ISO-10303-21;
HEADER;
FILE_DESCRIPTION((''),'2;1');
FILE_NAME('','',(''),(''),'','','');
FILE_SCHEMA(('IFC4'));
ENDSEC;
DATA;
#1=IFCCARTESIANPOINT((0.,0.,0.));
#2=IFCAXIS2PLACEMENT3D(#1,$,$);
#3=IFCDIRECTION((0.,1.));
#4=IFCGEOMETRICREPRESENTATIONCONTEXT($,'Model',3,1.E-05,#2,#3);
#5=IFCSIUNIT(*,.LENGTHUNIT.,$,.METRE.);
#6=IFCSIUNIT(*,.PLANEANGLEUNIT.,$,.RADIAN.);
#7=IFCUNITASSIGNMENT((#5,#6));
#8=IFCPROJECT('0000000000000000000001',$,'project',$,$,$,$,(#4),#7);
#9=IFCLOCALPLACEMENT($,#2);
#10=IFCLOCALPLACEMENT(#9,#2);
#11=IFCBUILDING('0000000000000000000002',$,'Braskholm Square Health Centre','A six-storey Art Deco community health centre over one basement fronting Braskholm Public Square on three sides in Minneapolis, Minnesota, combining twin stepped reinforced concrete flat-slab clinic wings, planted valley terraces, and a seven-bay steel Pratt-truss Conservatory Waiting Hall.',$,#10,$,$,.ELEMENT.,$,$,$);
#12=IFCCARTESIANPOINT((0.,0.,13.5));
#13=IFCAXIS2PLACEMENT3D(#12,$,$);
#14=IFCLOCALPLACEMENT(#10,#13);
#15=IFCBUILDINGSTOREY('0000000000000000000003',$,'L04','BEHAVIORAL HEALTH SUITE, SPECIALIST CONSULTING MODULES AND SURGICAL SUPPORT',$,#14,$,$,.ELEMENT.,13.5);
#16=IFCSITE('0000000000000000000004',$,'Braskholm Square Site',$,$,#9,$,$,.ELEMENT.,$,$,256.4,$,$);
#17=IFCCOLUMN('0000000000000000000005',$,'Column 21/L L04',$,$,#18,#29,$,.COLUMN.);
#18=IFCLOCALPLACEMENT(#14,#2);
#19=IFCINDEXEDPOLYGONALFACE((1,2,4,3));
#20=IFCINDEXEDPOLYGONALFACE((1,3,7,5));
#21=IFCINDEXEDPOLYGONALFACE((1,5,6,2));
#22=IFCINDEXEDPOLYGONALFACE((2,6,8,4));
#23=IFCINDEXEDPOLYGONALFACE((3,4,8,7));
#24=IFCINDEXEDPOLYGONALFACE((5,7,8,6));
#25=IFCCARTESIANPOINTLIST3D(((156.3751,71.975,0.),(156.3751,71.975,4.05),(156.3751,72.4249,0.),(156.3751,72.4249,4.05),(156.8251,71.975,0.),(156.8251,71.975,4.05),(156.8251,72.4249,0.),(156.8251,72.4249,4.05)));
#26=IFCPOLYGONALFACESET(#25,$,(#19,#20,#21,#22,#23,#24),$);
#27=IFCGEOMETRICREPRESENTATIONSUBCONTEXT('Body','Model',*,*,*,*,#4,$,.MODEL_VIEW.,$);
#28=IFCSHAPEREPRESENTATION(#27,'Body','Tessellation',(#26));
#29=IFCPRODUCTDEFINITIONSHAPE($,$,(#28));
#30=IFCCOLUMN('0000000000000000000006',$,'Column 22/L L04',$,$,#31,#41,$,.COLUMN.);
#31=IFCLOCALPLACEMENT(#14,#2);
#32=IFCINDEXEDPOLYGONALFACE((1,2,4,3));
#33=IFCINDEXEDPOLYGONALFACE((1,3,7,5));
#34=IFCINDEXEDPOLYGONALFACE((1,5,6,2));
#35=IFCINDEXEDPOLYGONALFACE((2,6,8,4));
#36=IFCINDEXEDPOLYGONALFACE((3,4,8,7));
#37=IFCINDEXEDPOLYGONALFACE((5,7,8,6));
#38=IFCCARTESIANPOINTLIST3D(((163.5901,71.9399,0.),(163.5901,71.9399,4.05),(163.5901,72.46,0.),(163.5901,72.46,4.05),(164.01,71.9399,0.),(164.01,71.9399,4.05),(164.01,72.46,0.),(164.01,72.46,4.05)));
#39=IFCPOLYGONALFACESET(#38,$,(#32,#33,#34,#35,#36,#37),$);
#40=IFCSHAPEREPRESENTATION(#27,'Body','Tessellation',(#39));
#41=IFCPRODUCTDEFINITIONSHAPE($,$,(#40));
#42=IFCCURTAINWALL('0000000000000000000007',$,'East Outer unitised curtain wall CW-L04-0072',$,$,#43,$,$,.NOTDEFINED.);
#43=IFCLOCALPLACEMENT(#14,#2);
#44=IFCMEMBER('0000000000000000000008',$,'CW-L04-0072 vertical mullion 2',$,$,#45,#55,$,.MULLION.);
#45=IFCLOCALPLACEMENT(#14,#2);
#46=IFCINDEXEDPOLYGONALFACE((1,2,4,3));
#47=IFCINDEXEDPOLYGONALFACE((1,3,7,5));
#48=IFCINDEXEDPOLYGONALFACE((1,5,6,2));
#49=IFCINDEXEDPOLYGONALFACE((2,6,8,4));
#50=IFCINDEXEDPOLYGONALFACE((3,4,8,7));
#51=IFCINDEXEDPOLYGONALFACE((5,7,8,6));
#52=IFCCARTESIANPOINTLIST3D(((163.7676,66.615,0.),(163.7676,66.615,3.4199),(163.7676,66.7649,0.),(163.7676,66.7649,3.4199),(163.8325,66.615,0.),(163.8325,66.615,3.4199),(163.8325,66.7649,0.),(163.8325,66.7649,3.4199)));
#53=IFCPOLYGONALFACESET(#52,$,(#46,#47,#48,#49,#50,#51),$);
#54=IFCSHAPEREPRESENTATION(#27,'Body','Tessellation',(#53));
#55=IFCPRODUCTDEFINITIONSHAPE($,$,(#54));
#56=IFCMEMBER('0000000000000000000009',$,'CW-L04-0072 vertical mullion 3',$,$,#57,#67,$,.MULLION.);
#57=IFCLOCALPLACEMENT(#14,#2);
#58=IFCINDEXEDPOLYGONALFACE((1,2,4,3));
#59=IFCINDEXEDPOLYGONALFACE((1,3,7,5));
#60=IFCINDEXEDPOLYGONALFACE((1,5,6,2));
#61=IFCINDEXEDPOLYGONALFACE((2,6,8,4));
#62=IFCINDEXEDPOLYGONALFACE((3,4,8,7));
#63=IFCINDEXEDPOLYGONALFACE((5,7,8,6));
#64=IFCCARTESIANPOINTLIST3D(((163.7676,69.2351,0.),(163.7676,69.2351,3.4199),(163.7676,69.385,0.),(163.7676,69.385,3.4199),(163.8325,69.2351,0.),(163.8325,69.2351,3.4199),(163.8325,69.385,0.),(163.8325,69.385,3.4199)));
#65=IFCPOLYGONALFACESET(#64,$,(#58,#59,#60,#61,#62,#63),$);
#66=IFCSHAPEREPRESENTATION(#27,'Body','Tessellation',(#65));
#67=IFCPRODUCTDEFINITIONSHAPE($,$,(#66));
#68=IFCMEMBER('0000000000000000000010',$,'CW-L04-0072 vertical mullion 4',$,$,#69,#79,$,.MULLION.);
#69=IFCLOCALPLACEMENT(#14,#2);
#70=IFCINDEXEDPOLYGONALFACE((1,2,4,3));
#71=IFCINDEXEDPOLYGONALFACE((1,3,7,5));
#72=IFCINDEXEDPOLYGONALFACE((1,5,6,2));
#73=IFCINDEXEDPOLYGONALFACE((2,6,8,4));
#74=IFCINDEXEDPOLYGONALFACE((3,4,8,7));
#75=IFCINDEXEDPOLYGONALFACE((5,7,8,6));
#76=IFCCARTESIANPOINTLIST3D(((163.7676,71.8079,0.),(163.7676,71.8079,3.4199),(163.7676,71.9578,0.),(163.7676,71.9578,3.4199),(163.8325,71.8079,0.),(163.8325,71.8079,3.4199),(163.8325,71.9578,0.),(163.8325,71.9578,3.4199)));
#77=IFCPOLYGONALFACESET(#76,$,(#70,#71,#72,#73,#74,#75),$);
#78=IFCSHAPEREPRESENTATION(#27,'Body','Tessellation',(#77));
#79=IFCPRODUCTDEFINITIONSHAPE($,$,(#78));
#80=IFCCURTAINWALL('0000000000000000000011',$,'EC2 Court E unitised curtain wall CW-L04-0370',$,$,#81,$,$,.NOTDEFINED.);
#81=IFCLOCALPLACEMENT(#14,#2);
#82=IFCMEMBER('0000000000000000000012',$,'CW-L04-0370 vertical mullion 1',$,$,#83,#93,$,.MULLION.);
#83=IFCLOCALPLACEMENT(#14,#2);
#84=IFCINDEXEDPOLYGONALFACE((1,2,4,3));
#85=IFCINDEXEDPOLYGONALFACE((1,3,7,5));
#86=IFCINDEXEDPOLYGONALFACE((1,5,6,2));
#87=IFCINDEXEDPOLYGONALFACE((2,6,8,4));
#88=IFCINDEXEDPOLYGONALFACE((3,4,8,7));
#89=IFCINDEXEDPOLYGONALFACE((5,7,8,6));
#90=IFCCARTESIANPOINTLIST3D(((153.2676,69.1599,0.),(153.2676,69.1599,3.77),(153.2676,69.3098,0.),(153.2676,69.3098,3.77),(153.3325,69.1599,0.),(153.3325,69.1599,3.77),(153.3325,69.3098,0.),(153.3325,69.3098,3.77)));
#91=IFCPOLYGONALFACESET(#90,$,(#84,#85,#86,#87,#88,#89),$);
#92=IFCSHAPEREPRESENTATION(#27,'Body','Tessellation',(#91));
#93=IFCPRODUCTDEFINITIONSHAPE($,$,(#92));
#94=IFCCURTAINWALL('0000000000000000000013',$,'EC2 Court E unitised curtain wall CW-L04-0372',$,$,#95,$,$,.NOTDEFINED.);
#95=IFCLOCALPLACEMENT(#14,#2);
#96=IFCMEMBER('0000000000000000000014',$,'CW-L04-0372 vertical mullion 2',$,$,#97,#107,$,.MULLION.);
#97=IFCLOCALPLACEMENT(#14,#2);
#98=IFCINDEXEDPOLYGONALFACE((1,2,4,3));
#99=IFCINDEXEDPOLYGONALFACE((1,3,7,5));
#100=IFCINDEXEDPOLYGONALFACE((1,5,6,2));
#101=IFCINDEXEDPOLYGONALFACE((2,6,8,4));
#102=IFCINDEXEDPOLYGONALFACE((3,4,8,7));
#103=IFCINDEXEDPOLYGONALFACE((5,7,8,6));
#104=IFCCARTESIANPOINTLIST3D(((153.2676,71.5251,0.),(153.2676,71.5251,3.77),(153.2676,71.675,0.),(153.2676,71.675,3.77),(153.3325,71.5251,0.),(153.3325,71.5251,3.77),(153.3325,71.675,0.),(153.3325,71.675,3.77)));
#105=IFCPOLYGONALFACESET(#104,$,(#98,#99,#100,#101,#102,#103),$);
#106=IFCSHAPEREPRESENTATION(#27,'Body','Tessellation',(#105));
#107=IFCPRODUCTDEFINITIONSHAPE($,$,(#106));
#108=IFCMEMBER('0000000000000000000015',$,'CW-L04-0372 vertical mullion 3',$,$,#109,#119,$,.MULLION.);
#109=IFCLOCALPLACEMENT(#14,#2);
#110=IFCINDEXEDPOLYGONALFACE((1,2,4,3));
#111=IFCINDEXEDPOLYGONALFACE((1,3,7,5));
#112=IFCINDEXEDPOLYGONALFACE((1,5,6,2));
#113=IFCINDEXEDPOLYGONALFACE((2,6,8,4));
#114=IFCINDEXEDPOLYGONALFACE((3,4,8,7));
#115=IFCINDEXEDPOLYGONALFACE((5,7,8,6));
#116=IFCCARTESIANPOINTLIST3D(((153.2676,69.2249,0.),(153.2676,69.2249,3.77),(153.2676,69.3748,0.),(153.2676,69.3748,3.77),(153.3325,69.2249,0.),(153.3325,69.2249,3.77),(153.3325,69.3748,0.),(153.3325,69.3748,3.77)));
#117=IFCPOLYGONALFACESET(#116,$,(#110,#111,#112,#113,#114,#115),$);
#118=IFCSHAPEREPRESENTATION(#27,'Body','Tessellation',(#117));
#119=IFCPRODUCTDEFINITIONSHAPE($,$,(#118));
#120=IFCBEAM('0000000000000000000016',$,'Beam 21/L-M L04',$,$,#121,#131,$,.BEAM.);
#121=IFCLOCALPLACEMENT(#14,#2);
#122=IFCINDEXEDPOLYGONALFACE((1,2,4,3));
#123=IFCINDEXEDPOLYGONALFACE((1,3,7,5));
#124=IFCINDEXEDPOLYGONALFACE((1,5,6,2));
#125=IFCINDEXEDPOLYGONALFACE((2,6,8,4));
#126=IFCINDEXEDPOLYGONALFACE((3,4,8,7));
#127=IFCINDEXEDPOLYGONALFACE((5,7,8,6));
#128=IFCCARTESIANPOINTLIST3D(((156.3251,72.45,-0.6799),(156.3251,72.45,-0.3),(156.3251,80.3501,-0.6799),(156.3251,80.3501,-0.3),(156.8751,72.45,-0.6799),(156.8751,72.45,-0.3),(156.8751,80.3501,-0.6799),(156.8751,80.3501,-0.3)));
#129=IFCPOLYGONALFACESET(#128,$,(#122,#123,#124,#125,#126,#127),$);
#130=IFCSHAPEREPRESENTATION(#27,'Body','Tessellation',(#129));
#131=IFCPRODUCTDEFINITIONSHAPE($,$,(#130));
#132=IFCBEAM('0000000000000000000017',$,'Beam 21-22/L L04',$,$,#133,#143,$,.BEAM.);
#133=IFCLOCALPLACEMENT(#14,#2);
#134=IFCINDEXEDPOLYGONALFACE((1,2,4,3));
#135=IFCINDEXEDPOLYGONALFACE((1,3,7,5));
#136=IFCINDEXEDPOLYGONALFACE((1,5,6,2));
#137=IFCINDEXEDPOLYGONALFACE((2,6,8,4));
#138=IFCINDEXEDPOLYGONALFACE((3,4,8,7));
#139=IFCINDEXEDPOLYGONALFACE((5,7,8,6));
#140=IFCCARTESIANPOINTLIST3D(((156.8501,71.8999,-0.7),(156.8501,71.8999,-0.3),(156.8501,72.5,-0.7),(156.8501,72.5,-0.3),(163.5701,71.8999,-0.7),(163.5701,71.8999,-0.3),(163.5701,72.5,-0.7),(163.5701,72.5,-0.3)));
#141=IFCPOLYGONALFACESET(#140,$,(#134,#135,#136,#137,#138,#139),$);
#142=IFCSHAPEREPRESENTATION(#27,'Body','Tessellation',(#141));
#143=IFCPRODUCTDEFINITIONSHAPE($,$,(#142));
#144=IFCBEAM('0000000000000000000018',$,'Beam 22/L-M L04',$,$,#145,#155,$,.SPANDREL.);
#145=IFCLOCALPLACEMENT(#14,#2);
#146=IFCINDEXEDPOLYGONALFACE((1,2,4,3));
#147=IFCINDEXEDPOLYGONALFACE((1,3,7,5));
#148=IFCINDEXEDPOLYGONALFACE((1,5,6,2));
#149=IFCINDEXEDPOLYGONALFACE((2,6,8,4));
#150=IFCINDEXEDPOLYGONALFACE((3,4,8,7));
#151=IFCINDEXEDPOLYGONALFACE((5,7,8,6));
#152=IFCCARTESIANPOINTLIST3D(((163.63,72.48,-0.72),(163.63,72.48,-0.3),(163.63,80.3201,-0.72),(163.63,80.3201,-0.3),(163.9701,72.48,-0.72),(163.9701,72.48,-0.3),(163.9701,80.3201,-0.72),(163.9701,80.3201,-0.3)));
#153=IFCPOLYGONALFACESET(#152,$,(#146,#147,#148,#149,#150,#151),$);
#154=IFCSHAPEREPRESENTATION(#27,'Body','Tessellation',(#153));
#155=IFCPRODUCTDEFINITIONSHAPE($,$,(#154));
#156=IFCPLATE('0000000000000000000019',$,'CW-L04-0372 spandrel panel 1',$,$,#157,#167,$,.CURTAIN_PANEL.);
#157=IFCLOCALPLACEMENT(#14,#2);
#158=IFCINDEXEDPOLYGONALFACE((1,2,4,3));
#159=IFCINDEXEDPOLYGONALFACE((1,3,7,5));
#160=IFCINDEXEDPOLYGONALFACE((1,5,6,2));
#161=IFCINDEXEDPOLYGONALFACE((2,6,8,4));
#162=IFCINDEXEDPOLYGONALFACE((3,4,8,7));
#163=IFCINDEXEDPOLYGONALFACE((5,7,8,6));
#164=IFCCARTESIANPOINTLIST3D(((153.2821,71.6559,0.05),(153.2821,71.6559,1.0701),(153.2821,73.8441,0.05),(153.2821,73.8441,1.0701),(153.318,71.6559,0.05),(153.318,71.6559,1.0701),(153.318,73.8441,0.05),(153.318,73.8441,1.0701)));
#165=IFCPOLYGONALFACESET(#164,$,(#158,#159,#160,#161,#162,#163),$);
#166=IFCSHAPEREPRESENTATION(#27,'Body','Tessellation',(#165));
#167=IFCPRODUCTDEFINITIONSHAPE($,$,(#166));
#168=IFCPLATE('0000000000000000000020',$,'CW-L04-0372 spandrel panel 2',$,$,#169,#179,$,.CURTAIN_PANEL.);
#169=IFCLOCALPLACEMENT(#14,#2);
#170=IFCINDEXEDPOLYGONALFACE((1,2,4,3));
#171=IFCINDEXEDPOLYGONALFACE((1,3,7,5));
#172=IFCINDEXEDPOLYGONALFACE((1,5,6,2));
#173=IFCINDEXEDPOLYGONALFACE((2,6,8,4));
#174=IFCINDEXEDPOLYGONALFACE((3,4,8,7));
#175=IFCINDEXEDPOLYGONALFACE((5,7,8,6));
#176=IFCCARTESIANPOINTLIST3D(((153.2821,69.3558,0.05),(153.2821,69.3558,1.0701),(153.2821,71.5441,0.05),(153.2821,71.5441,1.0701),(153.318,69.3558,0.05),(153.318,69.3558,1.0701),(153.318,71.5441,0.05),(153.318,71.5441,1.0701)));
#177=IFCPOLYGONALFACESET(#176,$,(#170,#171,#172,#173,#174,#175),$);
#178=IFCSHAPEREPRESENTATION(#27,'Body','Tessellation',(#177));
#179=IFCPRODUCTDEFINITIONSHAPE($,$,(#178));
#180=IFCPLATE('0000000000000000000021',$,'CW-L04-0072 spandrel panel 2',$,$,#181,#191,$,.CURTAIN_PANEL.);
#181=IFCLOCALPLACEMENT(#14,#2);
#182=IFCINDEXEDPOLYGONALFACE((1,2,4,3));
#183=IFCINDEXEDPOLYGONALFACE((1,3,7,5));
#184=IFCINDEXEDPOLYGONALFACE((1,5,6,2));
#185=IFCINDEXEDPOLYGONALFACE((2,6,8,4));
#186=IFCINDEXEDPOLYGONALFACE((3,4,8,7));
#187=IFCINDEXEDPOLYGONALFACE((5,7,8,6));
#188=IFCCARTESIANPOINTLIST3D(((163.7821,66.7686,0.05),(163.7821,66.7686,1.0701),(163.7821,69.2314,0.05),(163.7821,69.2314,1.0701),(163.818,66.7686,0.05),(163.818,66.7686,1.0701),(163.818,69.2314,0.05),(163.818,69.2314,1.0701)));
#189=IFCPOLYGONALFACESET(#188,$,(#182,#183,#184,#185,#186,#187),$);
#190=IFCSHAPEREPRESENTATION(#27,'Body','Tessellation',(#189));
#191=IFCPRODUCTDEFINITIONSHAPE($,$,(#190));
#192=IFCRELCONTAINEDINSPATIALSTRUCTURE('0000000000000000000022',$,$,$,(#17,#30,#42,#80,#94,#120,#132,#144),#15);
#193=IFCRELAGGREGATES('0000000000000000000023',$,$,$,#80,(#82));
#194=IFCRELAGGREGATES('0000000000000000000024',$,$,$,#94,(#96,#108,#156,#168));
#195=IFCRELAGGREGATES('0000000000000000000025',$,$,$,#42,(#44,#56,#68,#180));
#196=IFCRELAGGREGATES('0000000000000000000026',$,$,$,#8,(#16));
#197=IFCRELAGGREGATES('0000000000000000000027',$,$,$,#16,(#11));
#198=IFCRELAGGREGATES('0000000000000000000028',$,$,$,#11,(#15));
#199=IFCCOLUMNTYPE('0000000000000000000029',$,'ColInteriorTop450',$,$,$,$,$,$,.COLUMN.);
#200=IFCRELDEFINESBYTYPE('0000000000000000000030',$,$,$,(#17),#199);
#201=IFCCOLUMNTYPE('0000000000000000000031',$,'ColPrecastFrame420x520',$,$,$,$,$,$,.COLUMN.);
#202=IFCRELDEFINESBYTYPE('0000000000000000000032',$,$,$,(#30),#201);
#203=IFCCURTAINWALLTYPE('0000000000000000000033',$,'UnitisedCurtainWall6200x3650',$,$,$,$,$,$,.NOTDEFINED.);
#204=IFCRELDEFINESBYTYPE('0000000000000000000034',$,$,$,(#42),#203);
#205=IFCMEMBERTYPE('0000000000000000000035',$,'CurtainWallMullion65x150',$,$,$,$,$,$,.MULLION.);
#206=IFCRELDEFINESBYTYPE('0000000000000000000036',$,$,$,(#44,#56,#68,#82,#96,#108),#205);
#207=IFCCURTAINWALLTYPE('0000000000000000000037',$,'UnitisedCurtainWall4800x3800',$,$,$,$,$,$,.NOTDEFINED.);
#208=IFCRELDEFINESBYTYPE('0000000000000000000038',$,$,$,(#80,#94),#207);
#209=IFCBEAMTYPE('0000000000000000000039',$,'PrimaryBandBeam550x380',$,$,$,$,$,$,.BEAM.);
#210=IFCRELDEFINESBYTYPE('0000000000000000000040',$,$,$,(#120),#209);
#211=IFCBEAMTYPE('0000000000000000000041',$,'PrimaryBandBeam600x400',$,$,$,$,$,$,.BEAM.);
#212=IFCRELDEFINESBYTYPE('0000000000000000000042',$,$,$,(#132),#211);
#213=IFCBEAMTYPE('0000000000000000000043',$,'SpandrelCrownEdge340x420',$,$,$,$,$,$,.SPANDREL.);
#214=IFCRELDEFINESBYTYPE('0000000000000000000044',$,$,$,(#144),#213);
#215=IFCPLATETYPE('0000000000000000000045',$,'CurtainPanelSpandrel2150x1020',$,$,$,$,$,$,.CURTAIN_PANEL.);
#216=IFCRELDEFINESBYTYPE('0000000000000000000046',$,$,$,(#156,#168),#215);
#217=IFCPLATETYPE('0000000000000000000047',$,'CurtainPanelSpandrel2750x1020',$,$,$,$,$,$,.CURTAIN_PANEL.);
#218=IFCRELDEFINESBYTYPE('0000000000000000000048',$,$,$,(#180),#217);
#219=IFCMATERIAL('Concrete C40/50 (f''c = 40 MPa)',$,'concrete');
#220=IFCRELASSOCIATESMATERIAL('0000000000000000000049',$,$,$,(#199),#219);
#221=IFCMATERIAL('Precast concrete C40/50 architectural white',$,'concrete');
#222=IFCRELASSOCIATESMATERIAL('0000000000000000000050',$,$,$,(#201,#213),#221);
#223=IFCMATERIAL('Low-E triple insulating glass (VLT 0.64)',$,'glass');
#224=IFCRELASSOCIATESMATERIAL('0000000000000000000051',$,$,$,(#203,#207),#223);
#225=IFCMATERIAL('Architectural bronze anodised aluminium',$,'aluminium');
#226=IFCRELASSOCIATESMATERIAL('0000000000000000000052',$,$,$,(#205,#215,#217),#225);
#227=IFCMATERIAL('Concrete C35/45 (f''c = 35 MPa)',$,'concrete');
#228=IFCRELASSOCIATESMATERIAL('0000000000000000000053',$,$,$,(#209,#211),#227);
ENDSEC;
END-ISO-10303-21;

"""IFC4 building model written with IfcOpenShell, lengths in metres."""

from ifc_helpers import new_model, si_unit, direction, frame, origin, origin_2d, place, context, subcontext, project, spatial, rectangle, extrude, material, material_profile, profile_set, type_object, element, aggregate, save


model = new_model("IFC4")

# Units and contexts
model_context = context("Model", 3, precision=1e-05, world=origin(), true_north=direction((0.0, 1.0)))
body_context = subcontext(model_context, "Body", "Model", "MODEL_VIEW")
ifc_project = project(units=[si_unit("LENGTHUNIT", "METRE"), si_unit("PLANEANGLEUNIT", "RADIAN")], contexts=[model_context])

# Site, building, storey
site_placement = place(None, origin())
site = spatial("IfcSite", under=ifc_project, at=site_placement, Name="Braskholm Square Site", CompositionType="ELEMENT", RefElevation=256.4)
building_placement = place(site_placement, origin())
building = spatial("IfcBuilding", under=site, at=building_placement, Name="Braskholm Square Health Centre", Description="A six-storey Art Deco community health centre over one basement fronting Braskholm Public Square on three sides in Minneapolis, Minnesota, combining twin stepped reinforced concrete flat-slab clinic wings, planted valley terraces, and a seven-bay steel Pratt-truss Conservatory Waiting Hall.", CompositionType="ELEMENT")
storey_placement = place(building_placement, frame((0.0, 0.0, 13.5)))
storey = spatial("IfcBuildingStorey", under=building, at=storey_placement, Name="L04", Description="BEHAVIORAL HEALTH SUITE, SPECIALIST CONSULTING MODULES AND SURGICAL SUPPORT", CompositionType="ELEMENT", Elevation=13.5)

# Columns
ifc_material_1 = material(Name="Concrete C40/50 (f'c = 40 MPa)", Category="concrete")
ifc_material_profile_1 = material_profile(ifc_material_1, rectangle(XDim=0.45, YDim=0.45, at=origin_2d()), Name="RC-450X450")
ifc_profile_set_1 = profile_set([ifc_material_profile_1], Name="Concrete C40/50 (f'c = 40 MPa)")
column_type_1 = type_object("IfcColumnType", Name="ColInteriorTop450", PredefinedType="COLUMN", material=ifc_profile_set_1)
column_1_placement = place(storey_placement, frame((156.6001, 72.2, 0.0), z_axis=(0.0, 0.0, 1.0), x_axis=(1.0, 0.0, 0.0)))
element("IfcColumn", 1, at=column_1_placement, inside=storey, type_object=column_type_1, Name="Column 21/L L04", PredefinedType="COLUMN", context=body_context, shape_type="SweptSolid", body=[
    extrude(rectangle(XDim=0.45, YDim=0.45, at=origin_2d()), origin(), (0.0, 0.0, 1.0), 4.05),
])
ifc_material_2 = material(Name="Precast concrete C40/50 architectural white", Category="concrete")
ifc_material_profile_2 = material_profile(ifc_material_2, rectangle(XDim=0.4199, YDim=0.52, at=origin_2d()), Name="RC-420X520")
ifc_profile_set_2 = profile_set([ifc_material_profile_2], Name="Precast concrete C40/50 architectural white")
column_type_2 = type_object("IfcColumnType", Name="ColPrecastFrame420x520", PredefinedType="COLUMN", material=ifc_profile_set_2)
column_2_placement = place(storey_placement, frame((163.8, 72.2, 0.0), z_axis=(0.0, 0.0, 1.0), x_axis=(1.0, 0.0, 0.0)))
element("IfcColumn", 2, at=column_2_placement, inside=storey, type_object=column_type_2, Name="Column 22/L L04", PredefinedType="COLUMN", context=body_context, shape_type="SweptSolid", body=[
    extrude(rectangle(XDim=0.4199, YDim=0.52, at=origin_2d()), origin(), (0.0, 0.0, 1.0), 4.05),
])

# Curtain wall, members
ifc_material_3 = material(Name="Low-E triple insulating glass (VLT 0.64)", Category="glass")
curtain_wall_type_1 = type_object("IfcCurtainWallType", Name="UnitisedCurtainWall6200x3650", PredefinedType="NOTDEFINED", material=ifc_material_3)
curtain_wall_1_placement = place(storey_placement, origin())
curtain_wall_1 = element("IfcCurtainWall", 3, at=curtain_wall_1_placement, inside=storey, type_object=curtain_wall_type_1, Name="East Outer unitised curtain wall CW-L04-0072", PredefinedType="NOTDEFINED")
ifc_material_4 = material(Name="Architectural bronze anodised aluminium", Category="aluminium")
ifc_material_profile_3 = material_profile(ifc_material_4, rectangle(XDim=0.0649, YDim=0.1499, at=origin_2d()), Name="ALU-65X150")
ifc_profile_set_3 = profile_set([ifc_material_profile_3], Name="Architectural bronze anodised aluminium")
member_type = type_object("IfcMemberType", Name="CurtainWallMullion65x150", PredefinedType="MULLION", material=ifc_profile_set_3)
member_1_placement = place(storey_placement, frame((163.8, 66.6899, 0.0), z_axis=(0.0, 0.0, 1.0), x_axis=(1.0, 0.0, 0.0)))
member_1 = element("IfcMember", 4, at=member_1_placement, type_object=member_type, Name="CW-L04-0072 vertical mullion 2", PredefinedType="MULLION", context=body_context, shape_type="SweptSolid", body=[
    extrude(rectangle(XDim=0.0649, YDim=0.1499, at=origin_2d()), origin(), (0.0, 0.0, 1.0), 3.4199),
])
member_2_placement = place(storey_placement, frame((163.8, 69.3101, 0.0), z_axis=(0.0, 0.0, 1.0), x_axis=(1.0, 0.0, 0.0)))
member_2 = element("IfcMember", 5, at=member_2_placement, type_object=member_type, Name="CW-L04-0072 vertical mullion 3", PredefinedType="MULLION", context=body_context, shape_type="SweptSolid", body=[
    extrude(rectangle(XDim=0.0649, YDim=0.1499, at=origin_2d()), origin(), (0.0, 0.0, 1.0), 3.4199),
])
member_3_placement = place(storey_placement, frame((163.8, 71.8828, 0.0), z_axis=(0.0, 0.0, 1.0), x_axis=(1.0, 0.0, 0.0)))
member_3 = element("IfcMember", 6, at=member_3_placement, type_object=member_type, Name="CW-L04-0072 vertical mullion 4", PredefinedType="MULLION", context=body_context, shape_type="SweptSolid", body=[
    extrude(rectangle(XDim=0.0649, YDim=0.1499, at=origin_2d()), origin(), (0.0, 0.0, 1.0), 3.4199),
])

# Curtain wall, member
curtain_wall_type_2 = type_object("IfcCurtainWallType", Name="UnitisedCurtainWall4800x3800", PredefinedType="NOTDEFINED", material=ifc_material_3)
curtain_wall_2_placement = place(storey_placement, origin())
curtain_wall_2 = element("IfcCurtainWall", 7, at=curtain_wall_2_placement, inside=storey, type_object=curtain_wall_type_2, Name="EC2 Court E unitised curtain wall CW-L04-0370", PredefinedType="NOTDEFINED")
member_4_placement = place(storey_placement, frame((153.3, 69.2349, 0.0), z_axis=(0.0, 0.0, 1.0), x_axis=(1.0, 0.0, 0.0)))
member_4 = element("IfcMember", 8, at=member_4_placement, type_object=member_type, Name="CW-L04-0370 vertical mullion 1", PredefinedType="MULLION", context=body_context, shape_type="SweptSolid", body=[
    extrude(rectangle(XDim=0.0649, YDim=0.1499, at=origin_2d()), origin(), (0.0, 0.0, 1.0), 3.77),
])
aggregate(curtain_wall_2, [member_4])

# Curtain wall, members
curtain_wall_3_placement = place(storey_placement, origin())
curtain_wall_3 = element("IfcCurtainWall", 9, at=curtain_wall_3_placement, inside=storey, type_object=curtain_wall_type_2, Name="EC2 Court E unitised curtain wall CW-L04-0372", PredefinedType="NOTDEFINED")
member_5_placement = place(storey_placement, frame((153.3, 71.6001, 0.0), z_axis=(0.0, 0.0, 1.0), x_axis=(1.0, 0.0, 0.0)))
member_5 = element("IfcMember", 10, at=member_5_placement, type_object=member_type, Name="CW-L04-0372 vertical mullion 2", PredefinedType="MULLION", context=body_context, shape_type="SweptSolid", body=[
    extrude(rectangle(XDim=0.0649, YDim=0.1499, at=origin_2d()), origin(), (0.0, 0.0, 1.0), 3.77),
])
member_6_placement = place(storey_placement, frame((153.3, 69.2998, 0.0), z_axis=(0.0, 0.0, 1.0), x_axis=(1.0, 0.0, 0.0)))
member_6 = element("IfcMember", 11, at=member_6_placement, type_object=member_type, Name="CW-L04-0372 vertical mullion 3", PredefinedType="MULLION", context=body_context, shape_type="SweptSolid", body=[
    extrude(rectangle(XDim=0.0649, YDim=0.1499, at=origin_2d()), origin(), (0.0, 0.0, 1.0), 3.77),
])

# Beams
ifc_material_5 = material(Name="Concrete C35/45 (f'c = 35 MPa)", Category="concrete")
ifc_material_profile_4 = material_profile(ifc_material_5, rectangle(XDim=0.55, YDim=0.3799, at=origin_2d()), Name="RCB-550X380")
ifc_profile_set_4 = profile_set([ifc_material_profile_4], Name="Concrete C35/45 (f'c = 35 MPa)")
beam_type_1 = type_object("IfcBeamType", Name="PrimaryBandBeam550x380", PredefinedType="BEAM", material=ifc_profile_set_4)
beam_1_placement = place(storey_placement, frame((156.6001, 72.45, -0.49), z_axis=(0.0, 1.0, 0.0), x_axis=(-1.0, 0.0, 0.0)))
element("IfcBeam", 12, at=beam_1_placement, inside=storey, type_object=beam_type_1, Name="Beam 21/L-M L04", PredefinedType="BEAM", context=body_context, shape_type="SweptSolid", body=[
    extrude(rectangle(XDim=0.55, YDim=0.3799, at=origin_2d()), origin(), (0.0, 0.0, 1.0), 7.9001),
])
ifc_material_profile_5 = material_profile(ifc_material_5, rectangle(XDim=0.6001, YDim=0.3999, at=origin_2d()), Name="RCB-600X400")
ifc_profile_set_5 = profile_set([ifc_material_profile_5], Name="Concrete C35/45 (f'c = 35 MPa)")
beam_type_2 = type_object("IfcBeamType", Name="PrimaryBandBeam600x400", PredefinedType="BEAM", material=ifc_profile_set_5)
beam_2_placement = place(storey_placement, frame((156.8501, 72.2, -0.5), z_axis=(1.0, 0.0, 0.0), x_axis=(0.0, 1.0, 0.0)))
element("IfcBeam", 13, at=beam_2_placement, inside=storey, type_object=beam_type_2, Name="Beam 21-22/L L04", PredefinedType="BEAM", context=body_context, shape_type="SweptSolid", body=[
    extrude(rectangle(XDim=0.6001, YDim=0.3999, at=origin_2d()), origin(), (0.0, 0.0, 1.0), 6.72),
])
ifc_material_profile_6 = material_profile(ifc_material_2, rectangle(XDim=0.3401, YDim=0.4199, at=origin_2d()), Name="RCB-340X420")
ifc_profile_set_6 = profile_set([ifc_material_profile_6], Name="Precast concrete C40/50 architectural white")
beam_type_3 = type_object("IfcBeamType", Name="SpandrelCrownEdge340x420", PredefinedType="SPANDREL", material=ifc_profile_set_6)
beam_3_placement = place(storey_placement, frame((163.8, 72.48, -0.51), z_axis=(0.0, 1.0, 0.0), x_axis=(-1.0, 0.0, 0.0)))
element("IfcBeam", 14, at=beam_3_placement, inside=storey, type_object=beam_type_3, Name="Beam 22/L-M L04", PredefinedType="SPANDREL", context=body_context, shape_type="SweptSolid", body=[
    extrude(rectangle(XDim=0.3401, YDim=0.4199, at=origin_2d()), origin(), (0.0, 0.0, 1.0), 7.8401),
])

# Plates
plate_type_1 = type_object("IfcPlateType", Name="CurtainPanelSpandrel2150x1020", PredefinedType="CURTAIN_PANEL", material=ifc_material_4)
plate_1_placement = place(storey_placement, frame((153.3, 72.75, 0.05), z_axis=(0.0, 0.0, 1.0), x_axis=(0.0, -1.0, 0.0)))
plate_1 = element("IfcPlate", 15, at=plate_1_placement, type_object=plate_type_1, Name="CW-L04-0372 spandrel panel 1", PredefinedType="CURTAIN_PANEL", context=body_context, shape_type="SweptSolid", body=[
    extrude(rectangle(XDim=2.1882, YDim=0.0359, at=origin_2d()), origin(), (0.0, 0.0, 1.0), 1.02),
])
plate_2_placement = place(storey_placement, frame((153.3, 70.45, 0.05), z_axis=(0.0, 0.0, 1.0), x_axis=(0.0, -1.0, 0.0)))
plate_2 = element("IfcPlate", 16, at=plate_2_placement, type_object=plate_type_1, Name="CW-L04-0372 spandrel panel 2", PredefinedType="CURTAIN_PANEL", context=body_context, shape_type="SweptSolid", body=[
    extrude(rectangle(XDim=2.1882, YDim=0.0359, at=origin_2d()), origin(), (0.0, 0.0, 1.0), 1.02),
])
plate_type_2 = type_object("IfcPlateType", Name="CurtainPanelSpandrel2750x1020", PredefinedType="CURTAIN_PANEL", material=ifc_material_4)
plate_3_placement = place(storey_placement, frame((163.8, 68.0, 0.05), z_axis=(0.0, 0.0, 1.0), x_axis=(0.0, 1.0, 0.0)))
plate_3 = element("IfcPlate", 17, at=plate_3_placement, type_object=plate_type_2, Name="CW-L04-0072 spandrel panel 2", PredefinedType="CURTAIN_PANEL", context=body_context, shape_type="SweptSolid", body=[
    extrude(rectangle(XDim=2.4629, YDim=0.0359, at=origin_2d()), origin(), (0.0, 0.0, 1.0), 1.02),
])
aggregate(curtain_wall_3, [member_5, member_6, plate_1, plate_2])
aggregate(curtain_wall_1, [member_1, member_2, member_3, plate_3])

save(model, "model.ifc")
